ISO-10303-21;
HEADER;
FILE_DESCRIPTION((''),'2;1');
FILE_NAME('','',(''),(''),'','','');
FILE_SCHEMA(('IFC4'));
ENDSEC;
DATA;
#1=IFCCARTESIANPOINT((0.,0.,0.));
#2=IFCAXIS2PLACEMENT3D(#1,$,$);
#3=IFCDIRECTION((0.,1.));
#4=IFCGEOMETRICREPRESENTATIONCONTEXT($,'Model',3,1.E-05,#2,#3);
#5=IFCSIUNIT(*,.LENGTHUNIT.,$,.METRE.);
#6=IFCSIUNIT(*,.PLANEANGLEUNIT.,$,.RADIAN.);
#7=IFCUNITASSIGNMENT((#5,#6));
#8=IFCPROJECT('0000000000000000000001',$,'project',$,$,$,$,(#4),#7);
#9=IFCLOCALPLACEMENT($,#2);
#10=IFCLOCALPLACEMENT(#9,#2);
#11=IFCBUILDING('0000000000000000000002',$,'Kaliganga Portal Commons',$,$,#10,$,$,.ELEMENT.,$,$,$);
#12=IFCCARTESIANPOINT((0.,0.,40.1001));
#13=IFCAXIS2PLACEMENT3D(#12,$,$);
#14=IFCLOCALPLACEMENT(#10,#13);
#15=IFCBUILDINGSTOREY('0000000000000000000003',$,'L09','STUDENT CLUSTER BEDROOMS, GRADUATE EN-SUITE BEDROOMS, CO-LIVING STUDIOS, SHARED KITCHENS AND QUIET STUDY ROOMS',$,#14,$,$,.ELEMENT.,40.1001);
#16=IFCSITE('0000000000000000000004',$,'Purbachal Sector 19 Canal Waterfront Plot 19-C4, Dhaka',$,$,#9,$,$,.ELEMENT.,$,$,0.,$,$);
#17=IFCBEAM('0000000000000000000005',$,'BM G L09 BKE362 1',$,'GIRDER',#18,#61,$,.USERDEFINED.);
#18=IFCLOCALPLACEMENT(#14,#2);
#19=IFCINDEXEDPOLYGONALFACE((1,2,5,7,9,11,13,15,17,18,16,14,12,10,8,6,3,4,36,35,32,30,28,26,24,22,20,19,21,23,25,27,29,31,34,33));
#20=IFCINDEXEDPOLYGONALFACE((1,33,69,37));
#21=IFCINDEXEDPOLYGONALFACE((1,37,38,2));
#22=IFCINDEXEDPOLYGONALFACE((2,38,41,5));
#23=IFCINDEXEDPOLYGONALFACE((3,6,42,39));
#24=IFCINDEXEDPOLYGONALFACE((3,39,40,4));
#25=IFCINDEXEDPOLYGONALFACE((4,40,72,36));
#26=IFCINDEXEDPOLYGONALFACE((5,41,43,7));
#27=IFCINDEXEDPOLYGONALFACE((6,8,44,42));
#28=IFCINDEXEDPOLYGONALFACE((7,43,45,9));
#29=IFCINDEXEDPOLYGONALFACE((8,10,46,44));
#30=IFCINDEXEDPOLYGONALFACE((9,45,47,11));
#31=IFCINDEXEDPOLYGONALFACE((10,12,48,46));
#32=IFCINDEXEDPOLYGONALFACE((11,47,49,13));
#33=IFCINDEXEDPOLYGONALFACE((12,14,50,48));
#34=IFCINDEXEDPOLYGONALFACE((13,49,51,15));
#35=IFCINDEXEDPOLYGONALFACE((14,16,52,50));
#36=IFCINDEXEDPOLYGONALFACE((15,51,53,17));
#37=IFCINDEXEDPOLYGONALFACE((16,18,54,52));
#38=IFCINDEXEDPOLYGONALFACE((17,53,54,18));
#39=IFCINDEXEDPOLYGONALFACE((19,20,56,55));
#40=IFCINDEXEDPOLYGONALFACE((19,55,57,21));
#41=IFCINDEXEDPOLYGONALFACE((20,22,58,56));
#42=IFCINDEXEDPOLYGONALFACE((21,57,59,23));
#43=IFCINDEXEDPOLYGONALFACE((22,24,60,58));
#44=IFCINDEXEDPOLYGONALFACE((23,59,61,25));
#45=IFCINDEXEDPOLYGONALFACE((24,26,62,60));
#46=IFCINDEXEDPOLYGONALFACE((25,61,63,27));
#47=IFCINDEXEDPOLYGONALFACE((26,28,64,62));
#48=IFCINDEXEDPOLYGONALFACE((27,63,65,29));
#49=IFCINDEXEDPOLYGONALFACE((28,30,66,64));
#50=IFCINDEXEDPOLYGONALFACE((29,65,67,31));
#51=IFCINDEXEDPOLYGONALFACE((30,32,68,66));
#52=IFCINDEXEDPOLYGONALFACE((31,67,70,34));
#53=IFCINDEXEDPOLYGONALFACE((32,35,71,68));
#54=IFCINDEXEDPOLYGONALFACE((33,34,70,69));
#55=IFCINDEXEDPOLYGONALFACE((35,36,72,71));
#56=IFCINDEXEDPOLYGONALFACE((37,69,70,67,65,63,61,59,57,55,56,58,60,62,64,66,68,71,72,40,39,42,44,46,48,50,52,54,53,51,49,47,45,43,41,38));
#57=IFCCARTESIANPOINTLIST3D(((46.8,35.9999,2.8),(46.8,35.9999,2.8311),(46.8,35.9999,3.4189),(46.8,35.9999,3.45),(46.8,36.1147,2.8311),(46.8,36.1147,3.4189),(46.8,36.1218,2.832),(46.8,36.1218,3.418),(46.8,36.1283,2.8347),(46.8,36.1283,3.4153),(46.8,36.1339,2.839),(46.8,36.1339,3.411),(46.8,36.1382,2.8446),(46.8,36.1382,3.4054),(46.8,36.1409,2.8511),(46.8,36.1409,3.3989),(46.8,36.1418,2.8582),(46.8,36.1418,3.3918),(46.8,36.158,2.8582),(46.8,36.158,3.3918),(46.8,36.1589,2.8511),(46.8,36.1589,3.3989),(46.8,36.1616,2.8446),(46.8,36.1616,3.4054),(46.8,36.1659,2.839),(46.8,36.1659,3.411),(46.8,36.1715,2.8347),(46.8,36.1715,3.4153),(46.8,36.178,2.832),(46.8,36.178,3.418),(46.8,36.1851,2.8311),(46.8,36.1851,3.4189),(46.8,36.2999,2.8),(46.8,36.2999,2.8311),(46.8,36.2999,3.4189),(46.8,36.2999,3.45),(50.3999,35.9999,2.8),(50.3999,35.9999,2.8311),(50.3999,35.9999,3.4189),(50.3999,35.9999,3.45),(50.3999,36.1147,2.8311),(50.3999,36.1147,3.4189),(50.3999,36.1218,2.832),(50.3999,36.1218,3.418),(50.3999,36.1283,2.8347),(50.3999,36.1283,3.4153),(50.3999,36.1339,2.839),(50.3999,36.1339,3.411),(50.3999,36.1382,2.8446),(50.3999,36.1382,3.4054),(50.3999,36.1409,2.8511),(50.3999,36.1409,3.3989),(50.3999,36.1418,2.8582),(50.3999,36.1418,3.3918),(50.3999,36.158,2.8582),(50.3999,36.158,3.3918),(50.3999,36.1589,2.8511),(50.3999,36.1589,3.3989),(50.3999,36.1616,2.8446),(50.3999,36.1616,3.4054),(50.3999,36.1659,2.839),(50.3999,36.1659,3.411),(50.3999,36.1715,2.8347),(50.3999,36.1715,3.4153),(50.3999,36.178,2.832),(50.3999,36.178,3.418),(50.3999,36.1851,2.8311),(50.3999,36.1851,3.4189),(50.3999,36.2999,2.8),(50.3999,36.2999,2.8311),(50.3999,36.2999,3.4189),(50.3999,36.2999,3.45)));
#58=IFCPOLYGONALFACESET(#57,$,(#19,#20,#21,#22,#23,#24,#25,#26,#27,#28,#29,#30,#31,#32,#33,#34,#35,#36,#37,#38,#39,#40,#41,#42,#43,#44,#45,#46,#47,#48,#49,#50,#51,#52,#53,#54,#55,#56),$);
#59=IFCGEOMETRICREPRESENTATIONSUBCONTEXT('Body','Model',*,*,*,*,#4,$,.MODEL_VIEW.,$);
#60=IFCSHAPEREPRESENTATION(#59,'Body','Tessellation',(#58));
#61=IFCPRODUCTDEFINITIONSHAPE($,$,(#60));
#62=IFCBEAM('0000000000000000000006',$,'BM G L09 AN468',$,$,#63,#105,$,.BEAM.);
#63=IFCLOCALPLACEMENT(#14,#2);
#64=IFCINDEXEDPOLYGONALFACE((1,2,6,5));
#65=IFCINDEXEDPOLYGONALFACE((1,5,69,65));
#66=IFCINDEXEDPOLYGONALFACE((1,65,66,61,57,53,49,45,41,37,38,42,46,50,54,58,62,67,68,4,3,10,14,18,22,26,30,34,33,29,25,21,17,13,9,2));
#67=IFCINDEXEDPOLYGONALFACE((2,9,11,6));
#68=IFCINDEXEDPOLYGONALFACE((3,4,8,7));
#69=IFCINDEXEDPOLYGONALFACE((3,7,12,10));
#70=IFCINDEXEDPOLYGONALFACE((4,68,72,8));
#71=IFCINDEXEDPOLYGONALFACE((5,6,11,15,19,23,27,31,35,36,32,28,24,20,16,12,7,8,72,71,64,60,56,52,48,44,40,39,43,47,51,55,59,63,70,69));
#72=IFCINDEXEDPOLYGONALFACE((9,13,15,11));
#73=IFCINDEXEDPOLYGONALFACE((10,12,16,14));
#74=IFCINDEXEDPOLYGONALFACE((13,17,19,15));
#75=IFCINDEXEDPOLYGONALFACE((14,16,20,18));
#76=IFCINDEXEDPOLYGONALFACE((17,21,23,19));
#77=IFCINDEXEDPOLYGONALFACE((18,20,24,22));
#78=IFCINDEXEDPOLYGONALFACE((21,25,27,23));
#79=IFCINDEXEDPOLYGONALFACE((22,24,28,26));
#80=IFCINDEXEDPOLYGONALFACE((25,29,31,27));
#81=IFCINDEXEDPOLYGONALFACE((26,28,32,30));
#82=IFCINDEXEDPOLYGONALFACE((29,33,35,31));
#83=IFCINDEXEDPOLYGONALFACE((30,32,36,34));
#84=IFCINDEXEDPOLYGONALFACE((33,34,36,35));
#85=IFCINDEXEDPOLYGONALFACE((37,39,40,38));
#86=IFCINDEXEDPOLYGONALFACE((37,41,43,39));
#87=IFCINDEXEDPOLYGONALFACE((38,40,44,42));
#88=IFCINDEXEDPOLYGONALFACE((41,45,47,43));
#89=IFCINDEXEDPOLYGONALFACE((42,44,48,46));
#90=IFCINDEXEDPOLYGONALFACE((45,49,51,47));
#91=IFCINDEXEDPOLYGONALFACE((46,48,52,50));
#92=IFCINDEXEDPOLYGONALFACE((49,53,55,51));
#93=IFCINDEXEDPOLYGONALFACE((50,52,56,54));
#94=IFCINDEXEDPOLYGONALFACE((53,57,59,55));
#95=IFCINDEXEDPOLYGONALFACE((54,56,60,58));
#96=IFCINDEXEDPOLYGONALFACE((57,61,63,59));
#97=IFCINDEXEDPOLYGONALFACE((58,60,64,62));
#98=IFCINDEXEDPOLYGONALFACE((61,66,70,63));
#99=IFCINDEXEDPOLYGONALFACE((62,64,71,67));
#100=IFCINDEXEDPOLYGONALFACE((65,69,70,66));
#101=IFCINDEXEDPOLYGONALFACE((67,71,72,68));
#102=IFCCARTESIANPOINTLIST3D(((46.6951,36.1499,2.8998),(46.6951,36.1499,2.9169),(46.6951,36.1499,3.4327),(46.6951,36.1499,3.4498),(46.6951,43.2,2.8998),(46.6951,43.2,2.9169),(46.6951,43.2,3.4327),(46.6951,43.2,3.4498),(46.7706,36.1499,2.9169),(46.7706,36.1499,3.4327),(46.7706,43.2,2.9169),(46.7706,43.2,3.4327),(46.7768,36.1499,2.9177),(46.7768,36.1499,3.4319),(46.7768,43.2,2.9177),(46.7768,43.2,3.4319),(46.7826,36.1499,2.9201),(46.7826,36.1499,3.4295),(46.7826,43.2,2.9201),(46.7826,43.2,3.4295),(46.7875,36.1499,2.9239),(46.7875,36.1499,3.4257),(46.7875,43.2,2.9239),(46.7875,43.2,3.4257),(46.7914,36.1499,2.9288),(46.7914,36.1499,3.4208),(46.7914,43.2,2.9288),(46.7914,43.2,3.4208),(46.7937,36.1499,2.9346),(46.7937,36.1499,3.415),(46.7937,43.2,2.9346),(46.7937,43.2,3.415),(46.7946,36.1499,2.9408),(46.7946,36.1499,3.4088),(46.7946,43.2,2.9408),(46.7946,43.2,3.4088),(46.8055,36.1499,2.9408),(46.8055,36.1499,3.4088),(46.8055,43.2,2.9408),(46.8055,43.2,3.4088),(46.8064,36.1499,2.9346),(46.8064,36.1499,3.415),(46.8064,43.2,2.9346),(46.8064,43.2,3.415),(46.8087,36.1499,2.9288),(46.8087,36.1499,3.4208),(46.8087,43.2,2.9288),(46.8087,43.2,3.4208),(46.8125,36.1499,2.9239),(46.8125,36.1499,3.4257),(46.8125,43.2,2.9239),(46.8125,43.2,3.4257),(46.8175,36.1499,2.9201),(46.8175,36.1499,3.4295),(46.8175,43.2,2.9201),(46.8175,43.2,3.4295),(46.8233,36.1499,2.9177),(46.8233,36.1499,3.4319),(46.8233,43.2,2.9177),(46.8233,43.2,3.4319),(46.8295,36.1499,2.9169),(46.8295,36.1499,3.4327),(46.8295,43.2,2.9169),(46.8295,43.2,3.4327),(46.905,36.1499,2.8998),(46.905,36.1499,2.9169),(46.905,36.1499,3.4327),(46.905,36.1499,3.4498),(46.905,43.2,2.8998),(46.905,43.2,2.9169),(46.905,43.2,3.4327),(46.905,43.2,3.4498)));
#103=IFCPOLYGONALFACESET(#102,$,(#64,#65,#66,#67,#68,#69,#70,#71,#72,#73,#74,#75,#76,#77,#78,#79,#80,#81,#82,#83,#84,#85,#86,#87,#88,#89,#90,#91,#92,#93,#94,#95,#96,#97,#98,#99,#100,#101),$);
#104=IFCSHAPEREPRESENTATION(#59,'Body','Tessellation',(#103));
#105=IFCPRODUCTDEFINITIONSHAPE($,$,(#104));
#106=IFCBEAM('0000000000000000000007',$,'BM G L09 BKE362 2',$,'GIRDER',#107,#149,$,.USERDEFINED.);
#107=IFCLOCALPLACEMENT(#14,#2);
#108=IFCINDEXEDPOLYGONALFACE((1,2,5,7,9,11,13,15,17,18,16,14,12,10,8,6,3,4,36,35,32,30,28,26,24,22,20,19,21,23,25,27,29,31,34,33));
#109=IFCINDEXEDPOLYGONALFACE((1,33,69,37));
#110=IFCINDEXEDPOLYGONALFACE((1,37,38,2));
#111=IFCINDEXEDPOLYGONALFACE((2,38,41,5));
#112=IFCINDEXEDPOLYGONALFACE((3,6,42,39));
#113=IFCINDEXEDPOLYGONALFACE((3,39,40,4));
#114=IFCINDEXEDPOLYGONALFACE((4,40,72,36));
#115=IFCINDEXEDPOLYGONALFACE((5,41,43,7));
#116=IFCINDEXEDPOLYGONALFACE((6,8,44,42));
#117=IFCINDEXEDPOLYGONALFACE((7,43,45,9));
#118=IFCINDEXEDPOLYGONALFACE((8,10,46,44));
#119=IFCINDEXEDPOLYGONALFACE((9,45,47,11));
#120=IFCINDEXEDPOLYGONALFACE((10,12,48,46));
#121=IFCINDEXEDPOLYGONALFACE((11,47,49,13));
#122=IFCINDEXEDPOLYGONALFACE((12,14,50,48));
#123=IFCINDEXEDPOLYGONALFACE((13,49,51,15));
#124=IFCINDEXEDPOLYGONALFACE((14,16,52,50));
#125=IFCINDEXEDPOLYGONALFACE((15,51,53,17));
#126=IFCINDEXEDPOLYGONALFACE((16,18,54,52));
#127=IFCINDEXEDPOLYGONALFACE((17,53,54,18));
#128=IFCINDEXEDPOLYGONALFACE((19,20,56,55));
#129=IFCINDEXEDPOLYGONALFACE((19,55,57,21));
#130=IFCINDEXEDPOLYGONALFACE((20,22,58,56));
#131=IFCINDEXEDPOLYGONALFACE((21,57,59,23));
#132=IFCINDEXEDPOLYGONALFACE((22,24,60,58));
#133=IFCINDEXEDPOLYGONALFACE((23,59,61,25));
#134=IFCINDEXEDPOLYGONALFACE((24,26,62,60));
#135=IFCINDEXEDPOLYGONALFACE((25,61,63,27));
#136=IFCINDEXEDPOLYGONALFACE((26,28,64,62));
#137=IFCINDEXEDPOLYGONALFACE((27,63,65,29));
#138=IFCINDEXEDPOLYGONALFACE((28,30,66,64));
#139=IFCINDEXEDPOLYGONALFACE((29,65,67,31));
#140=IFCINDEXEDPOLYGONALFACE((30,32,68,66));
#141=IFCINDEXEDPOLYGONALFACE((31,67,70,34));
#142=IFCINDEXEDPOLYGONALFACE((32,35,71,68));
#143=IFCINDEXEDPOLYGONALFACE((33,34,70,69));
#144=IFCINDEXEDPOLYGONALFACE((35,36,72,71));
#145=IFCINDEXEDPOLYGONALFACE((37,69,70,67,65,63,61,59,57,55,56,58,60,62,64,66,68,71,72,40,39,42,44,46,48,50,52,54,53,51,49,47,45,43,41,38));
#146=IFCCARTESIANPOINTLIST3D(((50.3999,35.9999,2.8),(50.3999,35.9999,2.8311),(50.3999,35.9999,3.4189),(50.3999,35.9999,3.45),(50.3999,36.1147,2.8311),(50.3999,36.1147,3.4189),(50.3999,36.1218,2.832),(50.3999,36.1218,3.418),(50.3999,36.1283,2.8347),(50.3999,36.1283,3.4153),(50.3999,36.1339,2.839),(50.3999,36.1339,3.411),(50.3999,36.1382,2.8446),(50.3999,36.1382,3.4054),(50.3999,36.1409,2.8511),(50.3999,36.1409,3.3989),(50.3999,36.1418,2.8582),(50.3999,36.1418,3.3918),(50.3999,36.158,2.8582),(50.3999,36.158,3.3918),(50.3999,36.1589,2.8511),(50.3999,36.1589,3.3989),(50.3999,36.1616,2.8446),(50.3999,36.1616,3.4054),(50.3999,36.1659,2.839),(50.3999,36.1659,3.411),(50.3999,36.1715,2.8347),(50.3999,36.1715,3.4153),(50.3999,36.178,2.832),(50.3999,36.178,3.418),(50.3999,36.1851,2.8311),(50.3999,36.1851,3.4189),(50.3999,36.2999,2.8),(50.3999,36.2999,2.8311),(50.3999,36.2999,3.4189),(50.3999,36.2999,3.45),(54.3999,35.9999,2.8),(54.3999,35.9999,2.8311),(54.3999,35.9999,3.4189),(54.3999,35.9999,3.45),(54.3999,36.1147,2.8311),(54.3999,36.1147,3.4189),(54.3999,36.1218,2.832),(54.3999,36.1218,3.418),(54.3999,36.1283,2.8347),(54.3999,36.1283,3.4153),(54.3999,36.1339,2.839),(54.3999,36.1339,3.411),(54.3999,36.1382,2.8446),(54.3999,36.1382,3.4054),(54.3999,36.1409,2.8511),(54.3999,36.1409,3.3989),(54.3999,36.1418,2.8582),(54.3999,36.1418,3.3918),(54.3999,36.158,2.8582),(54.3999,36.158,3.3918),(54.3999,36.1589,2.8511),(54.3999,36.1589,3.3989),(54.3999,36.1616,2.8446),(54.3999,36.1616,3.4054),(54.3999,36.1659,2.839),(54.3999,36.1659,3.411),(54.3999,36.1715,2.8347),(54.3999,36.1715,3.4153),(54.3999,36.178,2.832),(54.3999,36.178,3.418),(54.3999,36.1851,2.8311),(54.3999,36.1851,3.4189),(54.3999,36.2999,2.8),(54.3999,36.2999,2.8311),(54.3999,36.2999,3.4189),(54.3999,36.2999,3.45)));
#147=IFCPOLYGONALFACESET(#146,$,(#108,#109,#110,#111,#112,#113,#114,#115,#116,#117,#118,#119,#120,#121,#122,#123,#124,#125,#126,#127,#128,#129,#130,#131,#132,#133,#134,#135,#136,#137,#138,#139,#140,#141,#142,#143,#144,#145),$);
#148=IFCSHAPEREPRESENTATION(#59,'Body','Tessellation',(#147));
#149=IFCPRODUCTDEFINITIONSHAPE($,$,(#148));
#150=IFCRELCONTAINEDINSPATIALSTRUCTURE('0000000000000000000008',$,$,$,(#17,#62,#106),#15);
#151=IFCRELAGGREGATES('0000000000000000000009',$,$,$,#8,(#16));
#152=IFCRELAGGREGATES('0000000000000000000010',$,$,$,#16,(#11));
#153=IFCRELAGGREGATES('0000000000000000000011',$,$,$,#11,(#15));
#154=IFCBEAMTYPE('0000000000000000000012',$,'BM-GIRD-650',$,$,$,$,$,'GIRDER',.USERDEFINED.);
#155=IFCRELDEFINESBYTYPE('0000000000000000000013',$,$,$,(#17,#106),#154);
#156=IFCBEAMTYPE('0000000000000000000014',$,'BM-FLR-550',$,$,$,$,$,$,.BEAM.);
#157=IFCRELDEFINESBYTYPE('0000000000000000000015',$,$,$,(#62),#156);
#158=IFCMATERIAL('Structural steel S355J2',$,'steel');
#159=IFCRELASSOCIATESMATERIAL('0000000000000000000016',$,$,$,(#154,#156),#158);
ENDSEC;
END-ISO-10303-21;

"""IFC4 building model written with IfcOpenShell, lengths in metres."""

from ifc_helpers import new_model, si_unit, direction, frame, origin, origin_2d, place, context, subcontext, project, spatial, i_section, extrude, source, transform, mapped, material, material_profile, profile_set, type_object, element, save


model = new_model("IFC4")

# Units and contexts
model_context = context("Model", 3, precision=1e-05, world=origin(), true_north=direction((0.0, 1.0)))
body_context = subcontext(model_context, "Body", "Model", "MODEL_VIEW")
ifc_project = project(units=[si_unit("LENGTHUNIT", "METRE"), si_unit("PLANEANGLEUNIT", "RADIAN")], contexts=[model_context])

# Site, building, storey
site_placement = place(None, origin())
site = spatial("IfcSite", under=ifc_project, at=site_placement, Name="Purbachal Sector 19 Canal Waterfront Plot 19-C4, Dhaka", CompositionType="ELEMENT", RefElevation=0.0)
building_placement = place(site_placement, origin())
building = spatial("IfcBuilding", under=site, at=building_placement, Name="Kaliganga Portal Commons", CompositionType="ELEMENT")
storey_placement = place(building_placement, frame((0.0, 0.0, 40.1001)))
storey = spatial("IfcBuildingStorey", under=building, at=storey_placement, Name="L09", Description="STUDENT CLUSTER BEDROOMS, GRADUATE EN-SUITE BEDROOMS, CO-LIVING STUDIOS, SHARED KITCHENS AND QUIET STUDY ROOMS", CompositionType="ELEMENT", Elevation=40.1001)

# Beams
ifc_material_1 = material(Name="Structural steel S355J2", Category="steel")
ifc_material_profile_1 = material_profile(ifc_material_1, i_section(OverallWidth=0.3, OverallDepth=0.6499, WebThickness=0.0161, FlangeThickness=0.031, FilletRadius=0.0271, at=origin_2d()), Name="HE 650 B")
ifc_profile_set_1 = profile_set([ifc_material_profile_1], Name="Structural steel S355J2 wide-flange")
beam_type_1 = type_object("IfcBeamType", Name="BM-GIRD-650", ElementType="GIRDER", PredefinedType="USERDEFINED", material=ifc_profile_set_1)
shared_shape_1 = source(origin(), body_context, "Body", "SweptSolid", [
    extrude(i_section(OverallWidth=0.3, OverallDepth=0.6499, WebThickness=0.0161, FlangeThickness=0.031, FilletRadius=0.0271, at=origin_2d()), origin(), (0.0, 0.0, 1.0), 3.5999),
])
beam_1_placement = place(storey_placement, frame((46.8, 36.1499, 3.125), z_axis=(1.0, 0.0, 0.0), x_axis=(0.0, 1.0, 0.0)))
element("IfcBeam", 1, at=beam_1_placement, inside=storey, type_object=beam_type_1, Name="BM G L09 BKE362 1", ObjectType="GIRDER", PredefinedType="USERDEFINED", context=body_context, shape_type="MappedRepresentation", body=[
    mapped(shared_shape_1, transform((0.0, 0.0, 0.0), x_axis=(1.0, 0.0, 0.0), y_axis=(0.0, 1.0, 0.0), z_axis=(0.0, 0.0, 1.0), scale=1.0)),
])
ifc_material_profile_2 = material_profile(ifc_material_1, i_section(OverallWidth=0.21, OverallDepth=0.55, WebThickness=0.011, FlangeThickness=0.0171, FilletRadius=0.0239, at=origin_2d()), Name="IPE 550")
ifc_profile_set_2 = profile_set([ifc_material_profile_2], Name="Structural steel S355J2 wide-flange")
beam_type_2 = type_object("IfcBeamType", Name="BM-FLR-550", PredefinedType="BEAM", material=ifc_profile_set_2)
shared_shape_2 = source(origin(), body_context, "Body", "SweptSolid", [
    extrude(i_section(OverallWidth=0.21, OverallDepth=0.55, WebThickness=0.011, FlangeThickness=0.0171, FilletRadius=0.0239, at=origin_2d()), origin(), (0.0, 0.0, 1.0), 7.05),
])
beam_2_placement = place(storey_placement, frame((46.8, 36.1499, 3.1748), z_axis=(0.0, 1.0, 0.0), x_axis=(-1.0, 0.0, 0.0)))
element("IfcBeam", 2, at=beam_2_placement, inside=storey, type_object=beam_type_2, Name="BM G L09 AN468", PredefinedType="BEAM", context=body_context, shape_type="MappedRepresentation", body=[
    mapped(shared_shape_2, transform((0.0, 0.0, 0.0), x_axis=(1.0, 0.0, 0.0), y_axis=(0.0, 1.0, 0.0), z_axis=(0.0, 0.0, 1.0), scale=1.0)),
])
shared_shape_3 = source(origin(), body_context, "Body", "SweptSolid", [
    extrude(i_section(OverallWidth=0.3, OverallDepth=0.6499, WebThickness=0.0161, FlangeThickness=0.031, FilletRadius=0.0271, at=origin_2d()), origin(), (0.0, 0.0, 1.0), 4.0),
])
beam_3_placement = place(storey_placement, frame((50.3999, 36.1499, 3.125), z_axis=(1.0, 0.0, 0.0), x_axis=(0.0, 1.0, 0.0)))
element("IfcBeam", 3, at=beam_3_placement, inside=storey, type_object=beam_type_1, Name="BM G L09 BKE362 2", ObjectType="GIRDER", PredefinedType="USERDEFINED", context=body_context, shape_type="MappedRepresentation", body=[
    mapped(shared_shape_3, transform((0.0, 0.0, 0.0), x_axis=(1.0, 0.0, 0.0), y_axis=(0.0, 1.0, 0.0), z_axis=(0.0, 0.0, 1.0), scale=1.0)),
])

save(model, "model.ifc")
